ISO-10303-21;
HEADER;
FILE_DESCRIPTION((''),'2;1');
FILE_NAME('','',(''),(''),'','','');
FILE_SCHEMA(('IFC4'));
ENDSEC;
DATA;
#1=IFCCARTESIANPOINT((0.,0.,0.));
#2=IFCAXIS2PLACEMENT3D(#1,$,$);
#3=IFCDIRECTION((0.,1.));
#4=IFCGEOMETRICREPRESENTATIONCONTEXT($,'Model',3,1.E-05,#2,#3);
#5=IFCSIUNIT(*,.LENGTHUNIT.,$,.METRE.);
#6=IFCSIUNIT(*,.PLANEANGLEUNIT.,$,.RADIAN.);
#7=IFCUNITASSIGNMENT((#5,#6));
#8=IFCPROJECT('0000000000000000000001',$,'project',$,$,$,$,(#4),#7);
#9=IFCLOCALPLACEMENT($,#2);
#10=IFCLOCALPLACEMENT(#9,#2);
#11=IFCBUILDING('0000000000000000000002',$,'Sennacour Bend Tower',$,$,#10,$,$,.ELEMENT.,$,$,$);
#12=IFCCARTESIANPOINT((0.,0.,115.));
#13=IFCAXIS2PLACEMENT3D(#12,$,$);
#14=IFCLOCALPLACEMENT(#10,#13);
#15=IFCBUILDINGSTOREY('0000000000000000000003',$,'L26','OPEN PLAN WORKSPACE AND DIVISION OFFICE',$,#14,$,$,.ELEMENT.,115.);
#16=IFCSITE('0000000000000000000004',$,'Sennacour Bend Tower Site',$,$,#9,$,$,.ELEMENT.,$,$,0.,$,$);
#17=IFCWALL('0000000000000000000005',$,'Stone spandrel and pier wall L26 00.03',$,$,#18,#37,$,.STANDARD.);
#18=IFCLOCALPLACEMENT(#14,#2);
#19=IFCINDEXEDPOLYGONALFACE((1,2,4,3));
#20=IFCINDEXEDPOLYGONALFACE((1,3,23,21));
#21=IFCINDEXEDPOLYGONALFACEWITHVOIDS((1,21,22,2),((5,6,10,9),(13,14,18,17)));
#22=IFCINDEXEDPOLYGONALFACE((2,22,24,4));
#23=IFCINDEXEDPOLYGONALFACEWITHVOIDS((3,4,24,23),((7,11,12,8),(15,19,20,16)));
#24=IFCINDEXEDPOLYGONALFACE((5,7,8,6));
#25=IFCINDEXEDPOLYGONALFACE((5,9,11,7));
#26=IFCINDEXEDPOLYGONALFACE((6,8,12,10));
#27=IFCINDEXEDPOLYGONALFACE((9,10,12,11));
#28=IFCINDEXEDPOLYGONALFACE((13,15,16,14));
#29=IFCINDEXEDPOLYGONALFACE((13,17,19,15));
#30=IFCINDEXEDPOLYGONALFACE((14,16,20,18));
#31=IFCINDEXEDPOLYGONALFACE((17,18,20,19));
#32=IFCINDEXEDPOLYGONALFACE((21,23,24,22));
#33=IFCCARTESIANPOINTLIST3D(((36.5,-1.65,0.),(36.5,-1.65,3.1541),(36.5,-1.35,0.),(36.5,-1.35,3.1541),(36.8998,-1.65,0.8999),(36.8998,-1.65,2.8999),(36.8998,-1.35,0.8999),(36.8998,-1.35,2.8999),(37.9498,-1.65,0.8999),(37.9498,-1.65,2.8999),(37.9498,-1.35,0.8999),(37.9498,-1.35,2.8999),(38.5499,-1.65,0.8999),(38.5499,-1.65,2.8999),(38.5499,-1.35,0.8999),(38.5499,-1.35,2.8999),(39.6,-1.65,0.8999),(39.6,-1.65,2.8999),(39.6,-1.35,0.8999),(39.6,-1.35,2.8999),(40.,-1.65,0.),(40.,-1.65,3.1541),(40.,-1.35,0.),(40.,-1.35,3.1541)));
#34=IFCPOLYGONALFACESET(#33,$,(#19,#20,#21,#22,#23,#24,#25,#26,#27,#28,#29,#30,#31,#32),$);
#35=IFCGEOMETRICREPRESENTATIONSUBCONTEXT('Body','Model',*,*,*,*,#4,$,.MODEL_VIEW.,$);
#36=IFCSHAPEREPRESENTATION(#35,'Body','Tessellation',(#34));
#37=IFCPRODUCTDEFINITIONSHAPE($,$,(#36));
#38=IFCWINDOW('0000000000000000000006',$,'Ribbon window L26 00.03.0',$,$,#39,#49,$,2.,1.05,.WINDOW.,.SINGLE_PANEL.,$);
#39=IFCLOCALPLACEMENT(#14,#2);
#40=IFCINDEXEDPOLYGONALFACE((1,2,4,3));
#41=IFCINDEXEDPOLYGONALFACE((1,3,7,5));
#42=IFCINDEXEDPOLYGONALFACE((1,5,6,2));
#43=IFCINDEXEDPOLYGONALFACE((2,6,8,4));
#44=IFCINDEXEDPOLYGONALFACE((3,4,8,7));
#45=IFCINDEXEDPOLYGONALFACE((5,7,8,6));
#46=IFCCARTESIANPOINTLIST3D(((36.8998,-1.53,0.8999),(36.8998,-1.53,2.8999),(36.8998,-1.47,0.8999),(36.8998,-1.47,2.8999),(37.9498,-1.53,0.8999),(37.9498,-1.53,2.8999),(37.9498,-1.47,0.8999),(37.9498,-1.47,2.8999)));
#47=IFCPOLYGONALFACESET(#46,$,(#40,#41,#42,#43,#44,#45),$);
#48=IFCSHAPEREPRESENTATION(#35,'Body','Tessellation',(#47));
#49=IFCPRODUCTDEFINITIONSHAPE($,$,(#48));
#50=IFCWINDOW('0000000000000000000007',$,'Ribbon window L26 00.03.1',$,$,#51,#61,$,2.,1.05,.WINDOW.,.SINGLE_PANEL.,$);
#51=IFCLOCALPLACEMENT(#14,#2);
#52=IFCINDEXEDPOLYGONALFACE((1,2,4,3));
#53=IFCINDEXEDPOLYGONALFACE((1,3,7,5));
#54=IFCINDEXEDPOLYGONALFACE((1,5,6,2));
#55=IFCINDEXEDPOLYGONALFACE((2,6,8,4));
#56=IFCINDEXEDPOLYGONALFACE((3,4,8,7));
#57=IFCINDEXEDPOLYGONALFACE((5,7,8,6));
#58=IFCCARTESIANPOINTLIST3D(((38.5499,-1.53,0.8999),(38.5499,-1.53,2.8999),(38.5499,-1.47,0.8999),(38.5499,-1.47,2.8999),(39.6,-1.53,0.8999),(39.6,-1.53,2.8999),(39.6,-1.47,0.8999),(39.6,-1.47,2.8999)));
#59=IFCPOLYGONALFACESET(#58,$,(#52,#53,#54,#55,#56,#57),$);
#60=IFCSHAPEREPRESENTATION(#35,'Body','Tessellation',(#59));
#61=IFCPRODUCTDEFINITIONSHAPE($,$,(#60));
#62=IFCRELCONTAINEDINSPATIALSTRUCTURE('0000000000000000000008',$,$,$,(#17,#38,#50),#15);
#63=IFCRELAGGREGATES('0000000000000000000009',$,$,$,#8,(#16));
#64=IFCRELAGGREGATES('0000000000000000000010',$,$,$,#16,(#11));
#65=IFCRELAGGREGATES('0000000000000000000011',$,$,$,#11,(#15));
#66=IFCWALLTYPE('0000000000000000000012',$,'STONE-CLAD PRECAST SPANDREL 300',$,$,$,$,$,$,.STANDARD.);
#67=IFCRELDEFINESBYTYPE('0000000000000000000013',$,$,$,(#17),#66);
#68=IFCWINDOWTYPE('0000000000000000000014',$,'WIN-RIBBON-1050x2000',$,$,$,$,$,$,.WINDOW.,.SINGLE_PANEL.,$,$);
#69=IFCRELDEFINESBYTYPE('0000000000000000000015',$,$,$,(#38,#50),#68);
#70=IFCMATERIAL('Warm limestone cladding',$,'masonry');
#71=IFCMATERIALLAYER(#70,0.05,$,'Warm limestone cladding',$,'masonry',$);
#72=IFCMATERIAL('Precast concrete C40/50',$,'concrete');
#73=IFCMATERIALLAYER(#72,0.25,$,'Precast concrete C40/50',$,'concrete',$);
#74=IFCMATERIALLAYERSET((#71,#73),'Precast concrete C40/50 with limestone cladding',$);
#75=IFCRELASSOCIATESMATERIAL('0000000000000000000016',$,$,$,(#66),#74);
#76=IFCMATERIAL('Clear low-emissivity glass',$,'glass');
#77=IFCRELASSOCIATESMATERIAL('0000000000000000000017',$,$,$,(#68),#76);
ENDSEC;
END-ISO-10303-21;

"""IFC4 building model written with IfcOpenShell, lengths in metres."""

from ifc_helpers import new_model, si_unit, direction, frame, frame_2d, origin, place, context, subcontext, project, spatial, rectangle, extrude, material, layer, layer_set, type_object, element, fill, save


model = new_model("IFC4")

# Units and contexts
model_context = context("Model", 3, precision=1e-05, world=origin(), true_north=direction((0.0, 1.0)))
body_context = subcontext(model_context, "Body", "Model", "MODEL_VIEW")
ifc_project = project(units=[si_unit("LENGTHUNIT", "METRE"), si_unit("PLANEANGLEUNIT", "RADIAN")], contexts=[model_context])

# Site, building, storey
site_placement = place(None, origin())
site = spatial("IfcSite", under=ifc_project, at=site_placement, Name="Sennacour Bend Tower Site", CompositionType="ELEMENT", RefElevation=0.0)
building_placement = place(site_placement, origin())
building = spatial("IfcBuilding", under=site, at=building_placement, Name="Sennacour Bend Tower", CompositionType="ELEMENT")
storey_placement = place(building_placement, frame((0.0, 0.0, 115.0)))
storey = spatial("IfcBuildingStorey", under=building, at=storey_placement, Name="L26", Description="OPEN PLAN WORKSPACE AND DIVISION OFFICE", CompositionType="ELEMENT", Elevation=115.0)

# Wall, openings, windows
ifc_material_1 = material(Name="Warm limestone cladding", Category="masonry")
ifc_layer_1 = layer(ifc_material_1, 0.05, Name="Warm limestone cladding", Category="masonry")
ifc_material_2 = material(Name="Precast concrete C40/50", Category="concrete")
ifc_layer_2 = layer(ifc_material_2, 0.25, Name="Precast concrete C40/50", Category="concrete")
ifc_layer_set_1 = layer_set([ifc_layer_1, ifc_layer_2], Name="Precast concrete C40/50 with limestone cladding")
wall_type_1 = type_object("IfcWallType", Name="STONE-CLAD PRECAST SPANDREL 300", PredefinedType="STANDARD", material=ifc_layer_set_1)
ifc_material_3 = material(Name="Clear low-emissivity glass", Category="glass")
window_type = type_object("IfcWindowType", Name="WIN-RIBBON-1050x2000", PartitioningType="SINGLE_PANEL", PredefinedType="WINDOW", material=ifc_material_3)
wall_1_placement = place(storey_placement, frame((36.5, -1.5, 0.0), z_axis=(0.0, 0.0, 1.0), x_axis=(1.0, 0.0, 0.0)))
wall_1 = element("IfcWall", 1, at=wall_1_placement, inside=storey, type_object=wall_type_1, Name="Stone spandrel and pier wall L26 00.03", PredefinedType="STANDARD", context=body_context, shape_type="SweptSolid", body=[
    extrude(rectangle(XDim=3.5, YDim=0.3, at=frame_2d((1.75, 0.0))), origin(), (0.0, 0.0, 1.0), 3.1541),
])
opening_1_placement = place(wall_1_placement, frame((0.3999, 0.0, 0.8999)))
opening_1 = element("IfcOpeningElement", 2, at=opening_1_placement, cuts=wall_1, PredefinedType="OPENING", context=body_context, shape_type="SweptSolid", body=[
    extrude(rectangle(XDim=1.05, YDim=2.0, at=frame_2d((0.5249, 1.0))), frame((0.0, 0.1602, 0.0), z_axis=(0.0, -1.0, 0.0), x_axis=(1.0, 0.0, 0.0)), (0.0, 0.0, 1.0), 0.3201),
])
opening_2_placement = place(wall_1_placement, frame((2.05, 0.0, 0.8999)))
opening_2 = element("IfcOpeningElement", 3, at=opening_2_placement, cuts=wall_1, PredefinedType="OPENING", context=body_context, shape_type="SweptSolid", body=[
    extrude(rectangle(XDim=1.05, YDim=2.0, at=frame_2d((0.5249, 1.0))), frame((0.0, 0.1602, 0.0), z_axis=(0.0, -1.0, 0.0), x_axis=(1.0, 0.0, 0.0)), (0.0, 0.0, 1.0), 0.3201),
])
window_1_placement = place(opening_1_placement, origin())
window_1 = element("IfcWindow", 4, at=window_1_placement, inside=storey, type_object=window_type, Name="Ribbon window L26 00.03.0", OverallHeight=2.0, OverallWidth=1.05, PartitioningType="SINGLE_PANEL", PredefinedType="WINDOW", context=body_context, shape_type="SweptSolid", body=[
    extrude(rectangle(XDim=1.05, YDim=2.0, at=frame_2d((0.5249, 1.0))), frame((0.0, 0.03, 0.0), z_axis=(0.0, -1.0, 0.0), x_axis=(1.0, 0.0, 0.0)), (0.0, 0.0, 1.0), 0.0601),
])
fill(opening_1, window_1)
window_2_placement = place(opening_2_placement, origin())
window_2 = element("IfcWindow", 5, at=window_2_placement, inside=storey, type_object=window_type, Name="Ribbon window L26 00.03.1", OverallHeight=2.0, OverallWidth=1.05, PartitioningType="SINGLE_PANEL", PredefinedType="WINDOW", context=body_context, shape_type="SweptSolid", body=[
    extrude(rectangle(XDim=1.05, YDim=2.0, at=frame_2d((0.5249, 1.0))), frame((0.0, 0.03, 0.0), z_axis=(0.0, -1.0, 0.0), x_axis=(1.0, 0.0, 0.0)), (0.0, 0.0, 1.0), 0.0601),
])
fill(opening_2, window_2)

save(model, "model.ifc")
